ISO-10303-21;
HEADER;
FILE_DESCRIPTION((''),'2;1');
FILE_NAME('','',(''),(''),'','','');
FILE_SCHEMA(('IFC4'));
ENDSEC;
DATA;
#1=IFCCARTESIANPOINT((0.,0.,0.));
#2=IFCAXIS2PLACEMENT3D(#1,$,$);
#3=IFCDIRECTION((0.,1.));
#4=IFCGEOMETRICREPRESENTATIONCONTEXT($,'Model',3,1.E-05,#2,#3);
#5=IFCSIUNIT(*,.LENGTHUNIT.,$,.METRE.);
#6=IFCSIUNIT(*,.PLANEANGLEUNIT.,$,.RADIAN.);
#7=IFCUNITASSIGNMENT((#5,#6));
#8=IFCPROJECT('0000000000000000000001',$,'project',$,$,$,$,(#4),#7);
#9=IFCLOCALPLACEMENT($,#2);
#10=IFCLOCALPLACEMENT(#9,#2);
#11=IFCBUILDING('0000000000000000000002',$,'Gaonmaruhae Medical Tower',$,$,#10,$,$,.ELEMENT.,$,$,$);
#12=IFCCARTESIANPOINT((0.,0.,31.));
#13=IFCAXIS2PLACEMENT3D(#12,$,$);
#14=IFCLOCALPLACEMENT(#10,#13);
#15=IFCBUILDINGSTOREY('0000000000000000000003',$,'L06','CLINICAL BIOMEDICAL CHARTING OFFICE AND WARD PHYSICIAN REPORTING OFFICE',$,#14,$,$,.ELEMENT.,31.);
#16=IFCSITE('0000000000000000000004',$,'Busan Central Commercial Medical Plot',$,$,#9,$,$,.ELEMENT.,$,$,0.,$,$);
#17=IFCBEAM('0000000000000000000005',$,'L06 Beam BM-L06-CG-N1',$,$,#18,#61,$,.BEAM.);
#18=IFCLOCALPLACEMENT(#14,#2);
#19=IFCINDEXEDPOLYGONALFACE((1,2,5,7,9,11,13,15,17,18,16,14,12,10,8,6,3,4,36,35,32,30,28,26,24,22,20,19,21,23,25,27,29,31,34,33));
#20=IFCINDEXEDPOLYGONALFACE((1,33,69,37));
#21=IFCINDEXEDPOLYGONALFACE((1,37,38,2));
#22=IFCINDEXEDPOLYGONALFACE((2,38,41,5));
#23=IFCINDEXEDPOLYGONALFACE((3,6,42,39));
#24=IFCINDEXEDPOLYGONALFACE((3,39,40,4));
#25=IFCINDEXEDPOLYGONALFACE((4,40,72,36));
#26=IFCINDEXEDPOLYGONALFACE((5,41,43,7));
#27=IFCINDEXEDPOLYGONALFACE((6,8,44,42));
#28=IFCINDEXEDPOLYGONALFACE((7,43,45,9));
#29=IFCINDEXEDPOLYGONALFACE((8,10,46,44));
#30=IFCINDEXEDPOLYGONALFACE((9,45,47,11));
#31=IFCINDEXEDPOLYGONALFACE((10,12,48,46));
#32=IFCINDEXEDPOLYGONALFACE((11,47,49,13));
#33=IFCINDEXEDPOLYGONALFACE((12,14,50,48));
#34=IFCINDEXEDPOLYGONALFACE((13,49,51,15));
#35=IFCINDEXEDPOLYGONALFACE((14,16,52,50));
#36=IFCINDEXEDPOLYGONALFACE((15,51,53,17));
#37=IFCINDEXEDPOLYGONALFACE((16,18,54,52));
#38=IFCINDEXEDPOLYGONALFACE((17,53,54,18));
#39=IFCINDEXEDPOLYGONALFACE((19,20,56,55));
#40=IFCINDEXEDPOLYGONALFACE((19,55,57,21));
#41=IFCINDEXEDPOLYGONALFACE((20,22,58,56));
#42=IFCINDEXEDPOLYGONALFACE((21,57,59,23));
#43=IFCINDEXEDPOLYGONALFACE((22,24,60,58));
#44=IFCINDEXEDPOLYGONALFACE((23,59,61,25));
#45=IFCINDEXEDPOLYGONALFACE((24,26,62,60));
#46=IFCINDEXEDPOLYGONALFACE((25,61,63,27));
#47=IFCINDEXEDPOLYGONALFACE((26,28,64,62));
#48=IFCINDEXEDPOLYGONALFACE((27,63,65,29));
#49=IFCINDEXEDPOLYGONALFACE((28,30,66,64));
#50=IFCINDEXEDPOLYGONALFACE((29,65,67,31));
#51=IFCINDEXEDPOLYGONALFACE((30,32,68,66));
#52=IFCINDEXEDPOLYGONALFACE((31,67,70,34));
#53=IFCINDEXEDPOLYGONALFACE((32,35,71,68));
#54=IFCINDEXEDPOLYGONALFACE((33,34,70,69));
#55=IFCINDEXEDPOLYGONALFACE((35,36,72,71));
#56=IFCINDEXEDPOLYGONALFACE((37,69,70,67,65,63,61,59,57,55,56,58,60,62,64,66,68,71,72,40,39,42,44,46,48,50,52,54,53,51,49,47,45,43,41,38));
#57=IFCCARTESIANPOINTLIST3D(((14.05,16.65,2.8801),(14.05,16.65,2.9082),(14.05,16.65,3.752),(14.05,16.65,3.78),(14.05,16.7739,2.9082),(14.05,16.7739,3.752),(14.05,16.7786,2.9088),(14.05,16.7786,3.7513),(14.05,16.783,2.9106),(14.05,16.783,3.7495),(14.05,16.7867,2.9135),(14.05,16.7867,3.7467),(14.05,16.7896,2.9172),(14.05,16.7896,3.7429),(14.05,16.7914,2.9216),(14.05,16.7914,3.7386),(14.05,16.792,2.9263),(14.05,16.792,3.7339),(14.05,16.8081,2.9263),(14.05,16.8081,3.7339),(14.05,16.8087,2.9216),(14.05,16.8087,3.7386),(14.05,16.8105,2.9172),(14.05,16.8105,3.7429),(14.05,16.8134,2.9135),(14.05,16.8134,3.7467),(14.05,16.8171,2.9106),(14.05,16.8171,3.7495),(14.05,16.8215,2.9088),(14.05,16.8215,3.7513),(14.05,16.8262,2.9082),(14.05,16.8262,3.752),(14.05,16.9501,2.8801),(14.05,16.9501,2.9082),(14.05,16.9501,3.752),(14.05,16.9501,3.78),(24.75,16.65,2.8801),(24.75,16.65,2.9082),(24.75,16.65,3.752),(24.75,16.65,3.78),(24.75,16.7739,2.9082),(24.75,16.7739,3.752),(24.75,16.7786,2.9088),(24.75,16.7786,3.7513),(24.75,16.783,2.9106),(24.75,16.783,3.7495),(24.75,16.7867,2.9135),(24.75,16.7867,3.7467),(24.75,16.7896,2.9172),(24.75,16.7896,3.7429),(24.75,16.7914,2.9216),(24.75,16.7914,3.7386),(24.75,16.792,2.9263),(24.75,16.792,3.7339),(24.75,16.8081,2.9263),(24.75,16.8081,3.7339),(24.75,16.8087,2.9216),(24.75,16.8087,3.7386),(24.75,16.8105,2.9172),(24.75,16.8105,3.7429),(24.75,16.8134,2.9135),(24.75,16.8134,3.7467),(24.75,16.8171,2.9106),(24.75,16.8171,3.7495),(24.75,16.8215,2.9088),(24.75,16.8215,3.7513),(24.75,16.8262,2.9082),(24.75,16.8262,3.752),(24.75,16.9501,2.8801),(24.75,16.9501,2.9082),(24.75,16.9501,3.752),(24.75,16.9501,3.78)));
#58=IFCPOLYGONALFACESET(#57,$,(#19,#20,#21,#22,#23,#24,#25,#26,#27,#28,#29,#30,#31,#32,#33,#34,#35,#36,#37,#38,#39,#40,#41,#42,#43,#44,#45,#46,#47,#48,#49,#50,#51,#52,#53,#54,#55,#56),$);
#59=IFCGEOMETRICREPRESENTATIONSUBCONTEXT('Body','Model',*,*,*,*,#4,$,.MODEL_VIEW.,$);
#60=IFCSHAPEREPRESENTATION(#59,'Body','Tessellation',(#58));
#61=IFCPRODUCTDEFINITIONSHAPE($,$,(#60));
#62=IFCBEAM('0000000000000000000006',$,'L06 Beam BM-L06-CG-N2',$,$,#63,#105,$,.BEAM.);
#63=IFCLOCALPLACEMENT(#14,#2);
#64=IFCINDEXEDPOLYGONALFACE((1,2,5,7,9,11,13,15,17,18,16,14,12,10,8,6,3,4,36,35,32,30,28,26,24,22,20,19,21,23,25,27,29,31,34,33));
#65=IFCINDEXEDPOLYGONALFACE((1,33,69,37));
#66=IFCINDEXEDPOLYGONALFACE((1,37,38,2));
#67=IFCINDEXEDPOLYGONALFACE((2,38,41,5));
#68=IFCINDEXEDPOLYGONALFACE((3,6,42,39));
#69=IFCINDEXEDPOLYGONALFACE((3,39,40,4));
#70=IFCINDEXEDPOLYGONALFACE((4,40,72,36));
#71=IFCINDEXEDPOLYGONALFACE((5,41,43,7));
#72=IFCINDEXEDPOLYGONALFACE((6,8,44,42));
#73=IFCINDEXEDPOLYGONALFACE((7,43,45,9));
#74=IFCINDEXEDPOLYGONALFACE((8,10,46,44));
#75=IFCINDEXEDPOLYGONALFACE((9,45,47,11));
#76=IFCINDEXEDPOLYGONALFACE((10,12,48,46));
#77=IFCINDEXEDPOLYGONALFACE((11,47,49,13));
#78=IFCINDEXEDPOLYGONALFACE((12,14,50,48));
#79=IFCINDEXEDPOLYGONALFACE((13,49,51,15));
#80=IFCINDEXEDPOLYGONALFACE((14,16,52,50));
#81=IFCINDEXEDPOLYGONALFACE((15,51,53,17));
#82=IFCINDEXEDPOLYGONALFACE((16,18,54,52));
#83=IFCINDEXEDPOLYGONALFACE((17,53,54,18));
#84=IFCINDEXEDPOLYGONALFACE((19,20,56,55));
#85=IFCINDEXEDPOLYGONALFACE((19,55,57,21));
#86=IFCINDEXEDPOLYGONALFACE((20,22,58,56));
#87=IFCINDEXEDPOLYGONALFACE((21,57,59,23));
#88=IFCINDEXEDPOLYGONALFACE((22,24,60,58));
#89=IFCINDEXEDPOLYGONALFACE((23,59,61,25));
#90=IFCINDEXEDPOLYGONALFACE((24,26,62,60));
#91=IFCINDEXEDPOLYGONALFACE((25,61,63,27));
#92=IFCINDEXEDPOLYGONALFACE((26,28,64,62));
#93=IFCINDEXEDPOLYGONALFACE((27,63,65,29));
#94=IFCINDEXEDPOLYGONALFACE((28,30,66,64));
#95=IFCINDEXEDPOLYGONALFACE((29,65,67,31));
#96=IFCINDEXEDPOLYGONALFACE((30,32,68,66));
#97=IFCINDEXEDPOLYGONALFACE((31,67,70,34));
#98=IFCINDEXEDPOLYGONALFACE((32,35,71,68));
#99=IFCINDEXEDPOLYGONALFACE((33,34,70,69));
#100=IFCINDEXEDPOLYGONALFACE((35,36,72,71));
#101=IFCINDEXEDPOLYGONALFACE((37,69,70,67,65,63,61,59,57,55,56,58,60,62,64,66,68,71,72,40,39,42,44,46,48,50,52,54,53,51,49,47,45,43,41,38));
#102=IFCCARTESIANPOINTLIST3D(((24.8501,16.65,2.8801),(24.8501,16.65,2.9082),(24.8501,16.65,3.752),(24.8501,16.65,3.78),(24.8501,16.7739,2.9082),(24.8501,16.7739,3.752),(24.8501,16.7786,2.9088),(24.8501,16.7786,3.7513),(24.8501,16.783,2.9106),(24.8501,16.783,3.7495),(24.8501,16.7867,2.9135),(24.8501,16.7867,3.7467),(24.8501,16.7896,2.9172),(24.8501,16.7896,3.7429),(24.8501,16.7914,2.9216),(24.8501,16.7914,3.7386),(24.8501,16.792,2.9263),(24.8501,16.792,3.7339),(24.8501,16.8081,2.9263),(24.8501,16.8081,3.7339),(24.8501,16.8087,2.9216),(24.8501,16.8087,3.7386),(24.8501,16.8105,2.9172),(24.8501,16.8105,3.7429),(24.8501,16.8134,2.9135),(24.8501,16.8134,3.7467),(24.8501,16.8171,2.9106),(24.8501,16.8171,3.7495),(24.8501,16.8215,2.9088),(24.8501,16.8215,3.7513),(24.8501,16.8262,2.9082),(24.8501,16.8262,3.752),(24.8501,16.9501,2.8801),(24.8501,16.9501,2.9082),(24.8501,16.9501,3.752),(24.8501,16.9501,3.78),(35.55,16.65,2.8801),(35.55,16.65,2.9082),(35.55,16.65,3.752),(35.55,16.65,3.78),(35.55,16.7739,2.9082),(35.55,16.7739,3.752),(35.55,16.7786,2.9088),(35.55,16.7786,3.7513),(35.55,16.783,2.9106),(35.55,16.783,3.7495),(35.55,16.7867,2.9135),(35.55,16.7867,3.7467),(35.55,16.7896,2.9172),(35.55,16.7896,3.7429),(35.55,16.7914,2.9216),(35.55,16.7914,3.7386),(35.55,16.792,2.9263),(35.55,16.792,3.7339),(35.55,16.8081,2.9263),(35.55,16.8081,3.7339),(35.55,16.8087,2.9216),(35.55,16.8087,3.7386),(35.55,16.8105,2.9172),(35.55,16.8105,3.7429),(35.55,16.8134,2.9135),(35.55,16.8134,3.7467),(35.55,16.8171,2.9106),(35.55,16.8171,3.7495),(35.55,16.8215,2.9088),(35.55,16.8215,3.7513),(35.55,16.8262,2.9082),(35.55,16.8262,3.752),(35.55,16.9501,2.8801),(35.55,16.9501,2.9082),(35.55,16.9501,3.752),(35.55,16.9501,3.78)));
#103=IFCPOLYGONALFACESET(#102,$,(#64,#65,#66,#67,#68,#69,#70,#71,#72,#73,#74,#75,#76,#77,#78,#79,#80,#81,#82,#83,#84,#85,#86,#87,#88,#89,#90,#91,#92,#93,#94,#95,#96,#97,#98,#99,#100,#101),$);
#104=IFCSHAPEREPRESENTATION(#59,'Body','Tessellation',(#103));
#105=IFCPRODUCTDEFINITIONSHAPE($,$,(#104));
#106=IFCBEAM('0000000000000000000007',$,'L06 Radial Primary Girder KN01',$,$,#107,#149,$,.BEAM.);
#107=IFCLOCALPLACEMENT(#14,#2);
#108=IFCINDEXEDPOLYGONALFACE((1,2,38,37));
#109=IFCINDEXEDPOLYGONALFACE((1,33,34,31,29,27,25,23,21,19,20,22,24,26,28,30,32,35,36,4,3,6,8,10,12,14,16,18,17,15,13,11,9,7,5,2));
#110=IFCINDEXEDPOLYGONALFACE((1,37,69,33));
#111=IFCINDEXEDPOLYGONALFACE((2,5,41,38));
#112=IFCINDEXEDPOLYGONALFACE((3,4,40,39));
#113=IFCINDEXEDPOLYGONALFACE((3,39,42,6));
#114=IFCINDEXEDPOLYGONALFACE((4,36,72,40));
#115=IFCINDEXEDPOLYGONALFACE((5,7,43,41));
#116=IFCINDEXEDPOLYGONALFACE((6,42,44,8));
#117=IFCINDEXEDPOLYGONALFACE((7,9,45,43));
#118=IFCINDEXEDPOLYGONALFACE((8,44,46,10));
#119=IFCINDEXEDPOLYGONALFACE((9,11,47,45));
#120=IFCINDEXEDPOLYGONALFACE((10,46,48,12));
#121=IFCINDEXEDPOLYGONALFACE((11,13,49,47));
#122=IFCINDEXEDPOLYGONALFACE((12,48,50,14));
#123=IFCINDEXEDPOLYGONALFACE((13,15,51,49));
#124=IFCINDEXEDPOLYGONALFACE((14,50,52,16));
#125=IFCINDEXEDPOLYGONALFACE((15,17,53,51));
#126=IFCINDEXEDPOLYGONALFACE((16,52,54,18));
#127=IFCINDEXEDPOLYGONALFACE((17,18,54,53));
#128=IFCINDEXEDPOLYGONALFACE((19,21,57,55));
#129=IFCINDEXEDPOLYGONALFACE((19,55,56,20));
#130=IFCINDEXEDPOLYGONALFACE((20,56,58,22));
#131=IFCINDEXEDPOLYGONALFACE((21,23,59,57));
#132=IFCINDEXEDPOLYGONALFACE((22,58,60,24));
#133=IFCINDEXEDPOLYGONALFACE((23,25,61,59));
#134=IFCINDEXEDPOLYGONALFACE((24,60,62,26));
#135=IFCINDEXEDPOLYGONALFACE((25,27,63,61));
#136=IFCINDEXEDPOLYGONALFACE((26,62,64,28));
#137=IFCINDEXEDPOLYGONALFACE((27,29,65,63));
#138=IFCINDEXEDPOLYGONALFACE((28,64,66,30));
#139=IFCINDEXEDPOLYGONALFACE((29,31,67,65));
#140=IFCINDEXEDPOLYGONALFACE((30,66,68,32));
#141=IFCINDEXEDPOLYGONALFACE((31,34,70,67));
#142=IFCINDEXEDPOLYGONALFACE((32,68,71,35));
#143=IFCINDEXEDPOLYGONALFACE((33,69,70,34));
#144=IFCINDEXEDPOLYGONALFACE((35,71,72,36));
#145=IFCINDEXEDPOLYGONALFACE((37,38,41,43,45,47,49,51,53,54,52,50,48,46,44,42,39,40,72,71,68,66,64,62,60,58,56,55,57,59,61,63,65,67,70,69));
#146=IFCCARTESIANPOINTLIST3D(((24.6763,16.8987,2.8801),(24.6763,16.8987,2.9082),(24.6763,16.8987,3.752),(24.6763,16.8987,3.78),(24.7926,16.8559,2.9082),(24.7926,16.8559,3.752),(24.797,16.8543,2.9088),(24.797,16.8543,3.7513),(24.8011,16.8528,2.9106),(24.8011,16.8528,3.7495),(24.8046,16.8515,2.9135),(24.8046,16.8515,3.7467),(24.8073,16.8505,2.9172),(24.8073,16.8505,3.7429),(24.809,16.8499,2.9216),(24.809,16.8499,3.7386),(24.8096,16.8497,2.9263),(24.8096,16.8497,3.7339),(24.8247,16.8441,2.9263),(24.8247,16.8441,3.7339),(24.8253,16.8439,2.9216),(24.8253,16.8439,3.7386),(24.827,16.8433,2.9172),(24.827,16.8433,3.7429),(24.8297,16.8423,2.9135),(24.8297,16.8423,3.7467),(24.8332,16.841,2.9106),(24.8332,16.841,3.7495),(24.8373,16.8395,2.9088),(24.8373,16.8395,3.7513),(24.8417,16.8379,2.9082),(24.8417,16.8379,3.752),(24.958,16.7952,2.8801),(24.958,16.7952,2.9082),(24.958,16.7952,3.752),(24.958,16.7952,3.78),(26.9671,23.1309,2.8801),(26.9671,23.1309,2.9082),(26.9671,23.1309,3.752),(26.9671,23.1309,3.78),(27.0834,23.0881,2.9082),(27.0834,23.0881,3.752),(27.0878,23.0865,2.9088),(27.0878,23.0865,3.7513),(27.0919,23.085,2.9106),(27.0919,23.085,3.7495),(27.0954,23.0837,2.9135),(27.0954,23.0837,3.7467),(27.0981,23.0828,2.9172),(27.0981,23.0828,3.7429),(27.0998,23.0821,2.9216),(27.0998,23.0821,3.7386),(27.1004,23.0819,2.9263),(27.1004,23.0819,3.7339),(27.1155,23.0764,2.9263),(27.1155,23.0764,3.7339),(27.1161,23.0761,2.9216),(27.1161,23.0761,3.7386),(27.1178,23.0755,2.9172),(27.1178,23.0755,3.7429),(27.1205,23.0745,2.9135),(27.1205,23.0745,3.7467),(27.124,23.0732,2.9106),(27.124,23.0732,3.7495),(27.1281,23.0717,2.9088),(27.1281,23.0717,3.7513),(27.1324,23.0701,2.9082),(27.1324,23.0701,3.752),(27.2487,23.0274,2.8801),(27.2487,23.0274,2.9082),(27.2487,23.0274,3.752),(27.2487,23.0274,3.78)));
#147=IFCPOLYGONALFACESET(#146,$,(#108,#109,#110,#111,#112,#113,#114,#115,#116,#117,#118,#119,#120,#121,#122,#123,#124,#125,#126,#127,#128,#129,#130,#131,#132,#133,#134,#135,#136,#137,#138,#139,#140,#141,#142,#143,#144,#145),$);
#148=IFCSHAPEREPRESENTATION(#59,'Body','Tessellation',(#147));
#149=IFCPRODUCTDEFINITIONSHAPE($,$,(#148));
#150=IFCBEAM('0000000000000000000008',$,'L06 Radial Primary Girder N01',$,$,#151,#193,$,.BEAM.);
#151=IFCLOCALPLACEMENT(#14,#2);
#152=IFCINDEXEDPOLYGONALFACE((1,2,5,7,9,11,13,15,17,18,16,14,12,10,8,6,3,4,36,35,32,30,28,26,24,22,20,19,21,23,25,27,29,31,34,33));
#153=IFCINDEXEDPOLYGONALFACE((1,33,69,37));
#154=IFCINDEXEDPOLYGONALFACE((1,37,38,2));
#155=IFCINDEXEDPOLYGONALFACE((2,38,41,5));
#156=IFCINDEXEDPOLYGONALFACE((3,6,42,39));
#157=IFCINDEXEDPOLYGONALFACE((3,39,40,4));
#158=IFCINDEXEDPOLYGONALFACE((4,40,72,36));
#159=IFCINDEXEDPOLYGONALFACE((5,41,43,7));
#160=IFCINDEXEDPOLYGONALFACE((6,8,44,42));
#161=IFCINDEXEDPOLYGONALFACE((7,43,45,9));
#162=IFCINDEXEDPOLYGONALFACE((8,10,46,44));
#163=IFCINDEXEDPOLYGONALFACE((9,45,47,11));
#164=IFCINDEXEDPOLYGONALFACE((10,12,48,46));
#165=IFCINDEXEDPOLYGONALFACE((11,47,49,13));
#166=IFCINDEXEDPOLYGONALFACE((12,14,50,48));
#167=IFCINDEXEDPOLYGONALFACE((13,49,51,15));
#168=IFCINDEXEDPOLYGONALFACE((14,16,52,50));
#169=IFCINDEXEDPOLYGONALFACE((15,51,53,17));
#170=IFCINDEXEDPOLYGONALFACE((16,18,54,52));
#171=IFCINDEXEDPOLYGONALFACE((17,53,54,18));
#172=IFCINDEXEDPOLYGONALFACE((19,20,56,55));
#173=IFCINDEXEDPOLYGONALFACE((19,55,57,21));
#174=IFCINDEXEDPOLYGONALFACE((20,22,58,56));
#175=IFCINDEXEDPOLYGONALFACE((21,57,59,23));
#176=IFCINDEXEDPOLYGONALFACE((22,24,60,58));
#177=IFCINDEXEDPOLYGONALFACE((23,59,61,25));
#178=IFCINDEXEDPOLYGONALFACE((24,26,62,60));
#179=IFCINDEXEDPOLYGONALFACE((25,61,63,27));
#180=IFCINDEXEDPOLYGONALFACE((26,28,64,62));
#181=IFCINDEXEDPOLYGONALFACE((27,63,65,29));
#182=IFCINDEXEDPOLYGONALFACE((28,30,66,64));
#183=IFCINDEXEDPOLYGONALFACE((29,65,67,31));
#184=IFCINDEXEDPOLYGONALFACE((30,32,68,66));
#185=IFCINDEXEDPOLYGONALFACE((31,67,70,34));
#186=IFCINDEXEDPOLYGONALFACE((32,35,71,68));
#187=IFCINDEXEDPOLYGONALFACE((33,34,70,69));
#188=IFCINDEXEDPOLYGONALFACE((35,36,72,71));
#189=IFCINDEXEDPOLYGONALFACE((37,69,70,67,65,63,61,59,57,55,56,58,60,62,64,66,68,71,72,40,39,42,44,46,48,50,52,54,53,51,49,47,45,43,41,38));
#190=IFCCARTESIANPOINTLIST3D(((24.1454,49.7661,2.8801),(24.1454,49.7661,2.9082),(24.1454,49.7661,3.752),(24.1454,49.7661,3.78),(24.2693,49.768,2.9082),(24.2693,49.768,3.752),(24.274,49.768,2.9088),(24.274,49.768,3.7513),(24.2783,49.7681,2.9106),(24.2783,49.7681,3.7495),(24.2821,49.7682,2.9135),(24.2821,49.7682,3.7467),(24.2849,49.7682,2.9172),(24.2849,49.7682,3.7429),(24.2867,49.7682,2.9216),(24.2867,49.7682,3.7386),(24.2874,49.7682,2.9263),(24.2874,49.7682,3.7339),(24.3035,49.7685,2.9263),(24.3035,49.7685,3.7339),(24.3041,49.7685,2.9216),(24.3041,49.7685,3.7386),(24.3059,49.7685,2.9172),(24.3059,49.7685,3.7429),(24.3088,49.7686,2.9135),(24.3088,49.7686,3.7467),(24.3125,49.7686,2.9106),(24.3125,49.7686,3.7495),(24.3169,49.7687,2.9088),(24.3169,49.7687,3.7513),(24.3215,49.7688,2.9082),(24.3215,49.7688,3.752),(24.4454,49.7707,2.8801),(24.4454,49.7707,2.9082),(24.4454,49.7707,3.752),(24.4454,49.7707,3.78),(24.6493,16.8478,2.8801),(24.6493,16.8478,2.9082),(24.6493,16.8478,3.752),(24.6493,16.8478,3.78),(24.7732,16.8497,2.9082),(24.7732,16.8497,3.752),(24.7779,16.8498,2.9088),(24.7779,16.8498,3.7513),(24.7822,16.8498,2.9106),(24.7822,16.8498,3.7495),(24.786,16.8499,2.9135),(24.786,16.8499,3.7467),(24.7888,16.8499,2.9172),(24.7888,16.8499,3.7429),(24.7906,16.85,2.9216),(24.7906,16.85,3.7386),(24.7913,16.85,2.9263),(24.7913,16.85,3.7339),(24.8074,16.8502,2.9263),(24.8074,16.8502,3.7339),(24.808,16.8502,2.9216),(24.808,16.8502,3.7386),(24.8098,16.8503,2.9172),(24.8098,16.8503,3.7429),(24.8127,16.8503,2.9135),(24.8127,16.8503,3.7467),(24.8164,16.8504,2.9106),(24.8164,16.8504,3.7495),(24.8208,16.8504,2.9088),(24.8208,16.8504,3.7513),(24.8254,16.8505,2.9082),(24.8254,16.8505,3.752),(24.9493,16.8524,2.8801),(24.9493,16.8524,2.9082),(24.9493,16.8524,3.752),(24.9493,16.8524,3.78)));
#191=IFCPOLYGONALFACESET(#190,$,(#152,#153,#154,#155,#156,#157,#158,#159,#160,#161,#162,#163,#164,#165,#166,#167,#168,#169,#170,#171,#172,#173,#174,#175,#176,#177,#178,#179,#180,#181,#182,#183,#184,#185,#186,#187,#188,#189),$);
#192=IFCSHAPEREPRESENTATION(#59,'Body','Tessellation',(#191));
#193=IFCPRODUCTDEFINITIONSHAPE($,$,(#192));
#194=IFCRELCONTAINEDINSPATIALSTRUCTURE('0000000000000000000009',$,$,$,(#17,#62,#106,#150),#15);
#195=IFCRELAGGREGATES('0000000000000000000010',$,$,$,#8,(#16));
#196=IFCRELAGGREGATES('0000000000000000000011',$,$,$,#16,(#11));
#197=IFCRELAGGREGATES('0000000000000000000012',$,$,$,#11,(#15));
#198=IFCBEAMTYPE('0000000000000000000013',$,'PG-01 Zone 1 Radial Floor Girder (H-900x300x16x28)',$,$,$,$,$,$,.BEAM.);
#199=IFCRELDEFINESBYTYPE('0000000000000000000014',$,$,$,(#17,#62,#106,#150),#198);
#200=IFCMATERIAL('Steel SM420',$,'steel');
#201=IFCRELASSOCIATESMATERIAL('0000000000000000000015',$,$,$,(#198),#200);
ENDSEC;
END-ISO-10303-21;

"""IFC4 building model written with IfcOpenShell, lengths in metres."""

from ifc_helpers import new_model, si_unit, direction, frame, origin, origin_2d, place, context, subcontext, project, spatial, i_section, extrude, material, material_profile, profile_set, type_object, element, save


model = new_model("IFC4")

# Units and contexts
model_context = context("Model", 3, precision=1e-05, world=origin(), true_north=direction((0.0, 1.0)))
body_context = subcontext(model_context, "Body", "Model", "MODEL_VIEW")
ifc_project = project(units=[si_unit("LENGTHUNIT", "METRE"), si_unit("PLANEANGLEUNIT", "RADIAN")], contexts=[model_context])

# Site, building, storey
site_placement = place(None, origin())
site = spatial("IfcSite", under=ifc_project, at=site_placement, Name="Busan Central Commercial Medical Plot", CompositionType="ELEMENT", RefElevation=0.0)
building_placement = place(site_placement, origin())
building = spatial("IfcBuilding", under=site, at=building_placement, Name="Gaonmaruhae Medical Tower", CompositionType="ELEMENT")
storey_placement = place(building_placement, frame((0.0, 0.0, 31.0)))
storey = spatial("IfcBuildingStorey", under=building, at=storey_placement, Name="L06", Description="CLINICAL BIOMEDICAL CHARTING OFFICE AND WARD PHYSICIAN REPORTING OFFICE", CompositionType="ELEMENT", Elevation=31.0)

# Beams
ifc_material_1 = material(Name="Steel SM420", Category="steel")
ifc_material_profile_1 = material_profile(ifc_material_1, i_section(OverallWidth=0.3, OverallDepth=0.8999, WebThickness=0.0161, FlangeThickness=0.0281, FilletRadius=0.0181, at=origin_2d()), Name="H-900x300x16x28")
ifc_profile_set_1 = profile_set([ifc_material_profile_1], Name="Steel SM420")
beam_type_1 = type_object("IfcBeamType", Name="PG-01 Zone 1 Radial Floor Girder (H-900x300x16x28)", PredefinedType="BEAM", material=ifc_profile_set_1)
for number, where, z_axis, x_axis, name in (
    (1, (14.05, 16.8, 3.3301), (1.0, 0.0, 0.0), (0.0, 1.0, 0.0), "L06 Beam BM-L06-CG-N1"),
    (2, (24.8501, 16.8, 3.3301), (1.0, 0.0, 0.0), (0.0, 1.0, 0.0), "L06 Beam BM-L06-CG-N2"),
):
    element("IfcBeam", number, at=place(storey_placement, frame(where, z_axis=z_axis, x_axis=x_axis)), inside=storey, type_object=beam_type_1, Name=name, PredefinedType="BEAM", context=body_context, shape_type="SweptSolid", body=[
        extrude(i_section(OverallWidth=0.3, OverallDepth=0.8999, WebThickness=0.0161, FlangeThickness=0.0281, FilletRadius=0.0181, at=origin_2d()), origin(), (0.0, 0.0, 1.0), 10.7),
    ])
beam_1_placement = place(storey_placement, frame((24.8171, 16.8469, 3.3301), z_axis=(0.345003, 0.938601, 0.0), x_axis=(-0.938601, 0.345003, 0.0)))
element("IfcBeam", 3, at=beam_1_placement, inside=storey, type_object=beam_type_1, Name="L06 Radial Primary Girder KN01", PredefinedType="BEAM", context=body_context, shape_type="SweptSolid", body=[
    extrude(i_section(OverallWidth=0.3, OverallDepth=0.8999, WebThickness=0.0161, FlangeThickness=0.0281, FilletRadius=0.0181, at=origin_2d()), origin(), (0.0, 0.0, 1.0), 6.6399),
])
beam_2_placement = place(storey_placement, frame((24.7993, 16.8501, 3.3301), z_axis=(-0.015306, 0.999883, 0.0), x_axis=(-0.999883, -0.015306, 0.0)))
element("IfcBeam", 4, at=beam_2_placement, inside=storey, type_object=beam_type_1, Name="L06 Radial Primary Girder N01", PredefinedType="BEAM", context=body_context, shape_type="SweptSolid", body=[
    extrude(i_section(OverallWidth=0.3, OverallDepth=0.8999, WebThickness=0.0161, FlangeThickness=0.0281, FilletRadius=0.0181, at=origin_2d()), origin(), (0.0, 0.0, 1.0), 32.9221),
])

save(model, "model.ifc")
